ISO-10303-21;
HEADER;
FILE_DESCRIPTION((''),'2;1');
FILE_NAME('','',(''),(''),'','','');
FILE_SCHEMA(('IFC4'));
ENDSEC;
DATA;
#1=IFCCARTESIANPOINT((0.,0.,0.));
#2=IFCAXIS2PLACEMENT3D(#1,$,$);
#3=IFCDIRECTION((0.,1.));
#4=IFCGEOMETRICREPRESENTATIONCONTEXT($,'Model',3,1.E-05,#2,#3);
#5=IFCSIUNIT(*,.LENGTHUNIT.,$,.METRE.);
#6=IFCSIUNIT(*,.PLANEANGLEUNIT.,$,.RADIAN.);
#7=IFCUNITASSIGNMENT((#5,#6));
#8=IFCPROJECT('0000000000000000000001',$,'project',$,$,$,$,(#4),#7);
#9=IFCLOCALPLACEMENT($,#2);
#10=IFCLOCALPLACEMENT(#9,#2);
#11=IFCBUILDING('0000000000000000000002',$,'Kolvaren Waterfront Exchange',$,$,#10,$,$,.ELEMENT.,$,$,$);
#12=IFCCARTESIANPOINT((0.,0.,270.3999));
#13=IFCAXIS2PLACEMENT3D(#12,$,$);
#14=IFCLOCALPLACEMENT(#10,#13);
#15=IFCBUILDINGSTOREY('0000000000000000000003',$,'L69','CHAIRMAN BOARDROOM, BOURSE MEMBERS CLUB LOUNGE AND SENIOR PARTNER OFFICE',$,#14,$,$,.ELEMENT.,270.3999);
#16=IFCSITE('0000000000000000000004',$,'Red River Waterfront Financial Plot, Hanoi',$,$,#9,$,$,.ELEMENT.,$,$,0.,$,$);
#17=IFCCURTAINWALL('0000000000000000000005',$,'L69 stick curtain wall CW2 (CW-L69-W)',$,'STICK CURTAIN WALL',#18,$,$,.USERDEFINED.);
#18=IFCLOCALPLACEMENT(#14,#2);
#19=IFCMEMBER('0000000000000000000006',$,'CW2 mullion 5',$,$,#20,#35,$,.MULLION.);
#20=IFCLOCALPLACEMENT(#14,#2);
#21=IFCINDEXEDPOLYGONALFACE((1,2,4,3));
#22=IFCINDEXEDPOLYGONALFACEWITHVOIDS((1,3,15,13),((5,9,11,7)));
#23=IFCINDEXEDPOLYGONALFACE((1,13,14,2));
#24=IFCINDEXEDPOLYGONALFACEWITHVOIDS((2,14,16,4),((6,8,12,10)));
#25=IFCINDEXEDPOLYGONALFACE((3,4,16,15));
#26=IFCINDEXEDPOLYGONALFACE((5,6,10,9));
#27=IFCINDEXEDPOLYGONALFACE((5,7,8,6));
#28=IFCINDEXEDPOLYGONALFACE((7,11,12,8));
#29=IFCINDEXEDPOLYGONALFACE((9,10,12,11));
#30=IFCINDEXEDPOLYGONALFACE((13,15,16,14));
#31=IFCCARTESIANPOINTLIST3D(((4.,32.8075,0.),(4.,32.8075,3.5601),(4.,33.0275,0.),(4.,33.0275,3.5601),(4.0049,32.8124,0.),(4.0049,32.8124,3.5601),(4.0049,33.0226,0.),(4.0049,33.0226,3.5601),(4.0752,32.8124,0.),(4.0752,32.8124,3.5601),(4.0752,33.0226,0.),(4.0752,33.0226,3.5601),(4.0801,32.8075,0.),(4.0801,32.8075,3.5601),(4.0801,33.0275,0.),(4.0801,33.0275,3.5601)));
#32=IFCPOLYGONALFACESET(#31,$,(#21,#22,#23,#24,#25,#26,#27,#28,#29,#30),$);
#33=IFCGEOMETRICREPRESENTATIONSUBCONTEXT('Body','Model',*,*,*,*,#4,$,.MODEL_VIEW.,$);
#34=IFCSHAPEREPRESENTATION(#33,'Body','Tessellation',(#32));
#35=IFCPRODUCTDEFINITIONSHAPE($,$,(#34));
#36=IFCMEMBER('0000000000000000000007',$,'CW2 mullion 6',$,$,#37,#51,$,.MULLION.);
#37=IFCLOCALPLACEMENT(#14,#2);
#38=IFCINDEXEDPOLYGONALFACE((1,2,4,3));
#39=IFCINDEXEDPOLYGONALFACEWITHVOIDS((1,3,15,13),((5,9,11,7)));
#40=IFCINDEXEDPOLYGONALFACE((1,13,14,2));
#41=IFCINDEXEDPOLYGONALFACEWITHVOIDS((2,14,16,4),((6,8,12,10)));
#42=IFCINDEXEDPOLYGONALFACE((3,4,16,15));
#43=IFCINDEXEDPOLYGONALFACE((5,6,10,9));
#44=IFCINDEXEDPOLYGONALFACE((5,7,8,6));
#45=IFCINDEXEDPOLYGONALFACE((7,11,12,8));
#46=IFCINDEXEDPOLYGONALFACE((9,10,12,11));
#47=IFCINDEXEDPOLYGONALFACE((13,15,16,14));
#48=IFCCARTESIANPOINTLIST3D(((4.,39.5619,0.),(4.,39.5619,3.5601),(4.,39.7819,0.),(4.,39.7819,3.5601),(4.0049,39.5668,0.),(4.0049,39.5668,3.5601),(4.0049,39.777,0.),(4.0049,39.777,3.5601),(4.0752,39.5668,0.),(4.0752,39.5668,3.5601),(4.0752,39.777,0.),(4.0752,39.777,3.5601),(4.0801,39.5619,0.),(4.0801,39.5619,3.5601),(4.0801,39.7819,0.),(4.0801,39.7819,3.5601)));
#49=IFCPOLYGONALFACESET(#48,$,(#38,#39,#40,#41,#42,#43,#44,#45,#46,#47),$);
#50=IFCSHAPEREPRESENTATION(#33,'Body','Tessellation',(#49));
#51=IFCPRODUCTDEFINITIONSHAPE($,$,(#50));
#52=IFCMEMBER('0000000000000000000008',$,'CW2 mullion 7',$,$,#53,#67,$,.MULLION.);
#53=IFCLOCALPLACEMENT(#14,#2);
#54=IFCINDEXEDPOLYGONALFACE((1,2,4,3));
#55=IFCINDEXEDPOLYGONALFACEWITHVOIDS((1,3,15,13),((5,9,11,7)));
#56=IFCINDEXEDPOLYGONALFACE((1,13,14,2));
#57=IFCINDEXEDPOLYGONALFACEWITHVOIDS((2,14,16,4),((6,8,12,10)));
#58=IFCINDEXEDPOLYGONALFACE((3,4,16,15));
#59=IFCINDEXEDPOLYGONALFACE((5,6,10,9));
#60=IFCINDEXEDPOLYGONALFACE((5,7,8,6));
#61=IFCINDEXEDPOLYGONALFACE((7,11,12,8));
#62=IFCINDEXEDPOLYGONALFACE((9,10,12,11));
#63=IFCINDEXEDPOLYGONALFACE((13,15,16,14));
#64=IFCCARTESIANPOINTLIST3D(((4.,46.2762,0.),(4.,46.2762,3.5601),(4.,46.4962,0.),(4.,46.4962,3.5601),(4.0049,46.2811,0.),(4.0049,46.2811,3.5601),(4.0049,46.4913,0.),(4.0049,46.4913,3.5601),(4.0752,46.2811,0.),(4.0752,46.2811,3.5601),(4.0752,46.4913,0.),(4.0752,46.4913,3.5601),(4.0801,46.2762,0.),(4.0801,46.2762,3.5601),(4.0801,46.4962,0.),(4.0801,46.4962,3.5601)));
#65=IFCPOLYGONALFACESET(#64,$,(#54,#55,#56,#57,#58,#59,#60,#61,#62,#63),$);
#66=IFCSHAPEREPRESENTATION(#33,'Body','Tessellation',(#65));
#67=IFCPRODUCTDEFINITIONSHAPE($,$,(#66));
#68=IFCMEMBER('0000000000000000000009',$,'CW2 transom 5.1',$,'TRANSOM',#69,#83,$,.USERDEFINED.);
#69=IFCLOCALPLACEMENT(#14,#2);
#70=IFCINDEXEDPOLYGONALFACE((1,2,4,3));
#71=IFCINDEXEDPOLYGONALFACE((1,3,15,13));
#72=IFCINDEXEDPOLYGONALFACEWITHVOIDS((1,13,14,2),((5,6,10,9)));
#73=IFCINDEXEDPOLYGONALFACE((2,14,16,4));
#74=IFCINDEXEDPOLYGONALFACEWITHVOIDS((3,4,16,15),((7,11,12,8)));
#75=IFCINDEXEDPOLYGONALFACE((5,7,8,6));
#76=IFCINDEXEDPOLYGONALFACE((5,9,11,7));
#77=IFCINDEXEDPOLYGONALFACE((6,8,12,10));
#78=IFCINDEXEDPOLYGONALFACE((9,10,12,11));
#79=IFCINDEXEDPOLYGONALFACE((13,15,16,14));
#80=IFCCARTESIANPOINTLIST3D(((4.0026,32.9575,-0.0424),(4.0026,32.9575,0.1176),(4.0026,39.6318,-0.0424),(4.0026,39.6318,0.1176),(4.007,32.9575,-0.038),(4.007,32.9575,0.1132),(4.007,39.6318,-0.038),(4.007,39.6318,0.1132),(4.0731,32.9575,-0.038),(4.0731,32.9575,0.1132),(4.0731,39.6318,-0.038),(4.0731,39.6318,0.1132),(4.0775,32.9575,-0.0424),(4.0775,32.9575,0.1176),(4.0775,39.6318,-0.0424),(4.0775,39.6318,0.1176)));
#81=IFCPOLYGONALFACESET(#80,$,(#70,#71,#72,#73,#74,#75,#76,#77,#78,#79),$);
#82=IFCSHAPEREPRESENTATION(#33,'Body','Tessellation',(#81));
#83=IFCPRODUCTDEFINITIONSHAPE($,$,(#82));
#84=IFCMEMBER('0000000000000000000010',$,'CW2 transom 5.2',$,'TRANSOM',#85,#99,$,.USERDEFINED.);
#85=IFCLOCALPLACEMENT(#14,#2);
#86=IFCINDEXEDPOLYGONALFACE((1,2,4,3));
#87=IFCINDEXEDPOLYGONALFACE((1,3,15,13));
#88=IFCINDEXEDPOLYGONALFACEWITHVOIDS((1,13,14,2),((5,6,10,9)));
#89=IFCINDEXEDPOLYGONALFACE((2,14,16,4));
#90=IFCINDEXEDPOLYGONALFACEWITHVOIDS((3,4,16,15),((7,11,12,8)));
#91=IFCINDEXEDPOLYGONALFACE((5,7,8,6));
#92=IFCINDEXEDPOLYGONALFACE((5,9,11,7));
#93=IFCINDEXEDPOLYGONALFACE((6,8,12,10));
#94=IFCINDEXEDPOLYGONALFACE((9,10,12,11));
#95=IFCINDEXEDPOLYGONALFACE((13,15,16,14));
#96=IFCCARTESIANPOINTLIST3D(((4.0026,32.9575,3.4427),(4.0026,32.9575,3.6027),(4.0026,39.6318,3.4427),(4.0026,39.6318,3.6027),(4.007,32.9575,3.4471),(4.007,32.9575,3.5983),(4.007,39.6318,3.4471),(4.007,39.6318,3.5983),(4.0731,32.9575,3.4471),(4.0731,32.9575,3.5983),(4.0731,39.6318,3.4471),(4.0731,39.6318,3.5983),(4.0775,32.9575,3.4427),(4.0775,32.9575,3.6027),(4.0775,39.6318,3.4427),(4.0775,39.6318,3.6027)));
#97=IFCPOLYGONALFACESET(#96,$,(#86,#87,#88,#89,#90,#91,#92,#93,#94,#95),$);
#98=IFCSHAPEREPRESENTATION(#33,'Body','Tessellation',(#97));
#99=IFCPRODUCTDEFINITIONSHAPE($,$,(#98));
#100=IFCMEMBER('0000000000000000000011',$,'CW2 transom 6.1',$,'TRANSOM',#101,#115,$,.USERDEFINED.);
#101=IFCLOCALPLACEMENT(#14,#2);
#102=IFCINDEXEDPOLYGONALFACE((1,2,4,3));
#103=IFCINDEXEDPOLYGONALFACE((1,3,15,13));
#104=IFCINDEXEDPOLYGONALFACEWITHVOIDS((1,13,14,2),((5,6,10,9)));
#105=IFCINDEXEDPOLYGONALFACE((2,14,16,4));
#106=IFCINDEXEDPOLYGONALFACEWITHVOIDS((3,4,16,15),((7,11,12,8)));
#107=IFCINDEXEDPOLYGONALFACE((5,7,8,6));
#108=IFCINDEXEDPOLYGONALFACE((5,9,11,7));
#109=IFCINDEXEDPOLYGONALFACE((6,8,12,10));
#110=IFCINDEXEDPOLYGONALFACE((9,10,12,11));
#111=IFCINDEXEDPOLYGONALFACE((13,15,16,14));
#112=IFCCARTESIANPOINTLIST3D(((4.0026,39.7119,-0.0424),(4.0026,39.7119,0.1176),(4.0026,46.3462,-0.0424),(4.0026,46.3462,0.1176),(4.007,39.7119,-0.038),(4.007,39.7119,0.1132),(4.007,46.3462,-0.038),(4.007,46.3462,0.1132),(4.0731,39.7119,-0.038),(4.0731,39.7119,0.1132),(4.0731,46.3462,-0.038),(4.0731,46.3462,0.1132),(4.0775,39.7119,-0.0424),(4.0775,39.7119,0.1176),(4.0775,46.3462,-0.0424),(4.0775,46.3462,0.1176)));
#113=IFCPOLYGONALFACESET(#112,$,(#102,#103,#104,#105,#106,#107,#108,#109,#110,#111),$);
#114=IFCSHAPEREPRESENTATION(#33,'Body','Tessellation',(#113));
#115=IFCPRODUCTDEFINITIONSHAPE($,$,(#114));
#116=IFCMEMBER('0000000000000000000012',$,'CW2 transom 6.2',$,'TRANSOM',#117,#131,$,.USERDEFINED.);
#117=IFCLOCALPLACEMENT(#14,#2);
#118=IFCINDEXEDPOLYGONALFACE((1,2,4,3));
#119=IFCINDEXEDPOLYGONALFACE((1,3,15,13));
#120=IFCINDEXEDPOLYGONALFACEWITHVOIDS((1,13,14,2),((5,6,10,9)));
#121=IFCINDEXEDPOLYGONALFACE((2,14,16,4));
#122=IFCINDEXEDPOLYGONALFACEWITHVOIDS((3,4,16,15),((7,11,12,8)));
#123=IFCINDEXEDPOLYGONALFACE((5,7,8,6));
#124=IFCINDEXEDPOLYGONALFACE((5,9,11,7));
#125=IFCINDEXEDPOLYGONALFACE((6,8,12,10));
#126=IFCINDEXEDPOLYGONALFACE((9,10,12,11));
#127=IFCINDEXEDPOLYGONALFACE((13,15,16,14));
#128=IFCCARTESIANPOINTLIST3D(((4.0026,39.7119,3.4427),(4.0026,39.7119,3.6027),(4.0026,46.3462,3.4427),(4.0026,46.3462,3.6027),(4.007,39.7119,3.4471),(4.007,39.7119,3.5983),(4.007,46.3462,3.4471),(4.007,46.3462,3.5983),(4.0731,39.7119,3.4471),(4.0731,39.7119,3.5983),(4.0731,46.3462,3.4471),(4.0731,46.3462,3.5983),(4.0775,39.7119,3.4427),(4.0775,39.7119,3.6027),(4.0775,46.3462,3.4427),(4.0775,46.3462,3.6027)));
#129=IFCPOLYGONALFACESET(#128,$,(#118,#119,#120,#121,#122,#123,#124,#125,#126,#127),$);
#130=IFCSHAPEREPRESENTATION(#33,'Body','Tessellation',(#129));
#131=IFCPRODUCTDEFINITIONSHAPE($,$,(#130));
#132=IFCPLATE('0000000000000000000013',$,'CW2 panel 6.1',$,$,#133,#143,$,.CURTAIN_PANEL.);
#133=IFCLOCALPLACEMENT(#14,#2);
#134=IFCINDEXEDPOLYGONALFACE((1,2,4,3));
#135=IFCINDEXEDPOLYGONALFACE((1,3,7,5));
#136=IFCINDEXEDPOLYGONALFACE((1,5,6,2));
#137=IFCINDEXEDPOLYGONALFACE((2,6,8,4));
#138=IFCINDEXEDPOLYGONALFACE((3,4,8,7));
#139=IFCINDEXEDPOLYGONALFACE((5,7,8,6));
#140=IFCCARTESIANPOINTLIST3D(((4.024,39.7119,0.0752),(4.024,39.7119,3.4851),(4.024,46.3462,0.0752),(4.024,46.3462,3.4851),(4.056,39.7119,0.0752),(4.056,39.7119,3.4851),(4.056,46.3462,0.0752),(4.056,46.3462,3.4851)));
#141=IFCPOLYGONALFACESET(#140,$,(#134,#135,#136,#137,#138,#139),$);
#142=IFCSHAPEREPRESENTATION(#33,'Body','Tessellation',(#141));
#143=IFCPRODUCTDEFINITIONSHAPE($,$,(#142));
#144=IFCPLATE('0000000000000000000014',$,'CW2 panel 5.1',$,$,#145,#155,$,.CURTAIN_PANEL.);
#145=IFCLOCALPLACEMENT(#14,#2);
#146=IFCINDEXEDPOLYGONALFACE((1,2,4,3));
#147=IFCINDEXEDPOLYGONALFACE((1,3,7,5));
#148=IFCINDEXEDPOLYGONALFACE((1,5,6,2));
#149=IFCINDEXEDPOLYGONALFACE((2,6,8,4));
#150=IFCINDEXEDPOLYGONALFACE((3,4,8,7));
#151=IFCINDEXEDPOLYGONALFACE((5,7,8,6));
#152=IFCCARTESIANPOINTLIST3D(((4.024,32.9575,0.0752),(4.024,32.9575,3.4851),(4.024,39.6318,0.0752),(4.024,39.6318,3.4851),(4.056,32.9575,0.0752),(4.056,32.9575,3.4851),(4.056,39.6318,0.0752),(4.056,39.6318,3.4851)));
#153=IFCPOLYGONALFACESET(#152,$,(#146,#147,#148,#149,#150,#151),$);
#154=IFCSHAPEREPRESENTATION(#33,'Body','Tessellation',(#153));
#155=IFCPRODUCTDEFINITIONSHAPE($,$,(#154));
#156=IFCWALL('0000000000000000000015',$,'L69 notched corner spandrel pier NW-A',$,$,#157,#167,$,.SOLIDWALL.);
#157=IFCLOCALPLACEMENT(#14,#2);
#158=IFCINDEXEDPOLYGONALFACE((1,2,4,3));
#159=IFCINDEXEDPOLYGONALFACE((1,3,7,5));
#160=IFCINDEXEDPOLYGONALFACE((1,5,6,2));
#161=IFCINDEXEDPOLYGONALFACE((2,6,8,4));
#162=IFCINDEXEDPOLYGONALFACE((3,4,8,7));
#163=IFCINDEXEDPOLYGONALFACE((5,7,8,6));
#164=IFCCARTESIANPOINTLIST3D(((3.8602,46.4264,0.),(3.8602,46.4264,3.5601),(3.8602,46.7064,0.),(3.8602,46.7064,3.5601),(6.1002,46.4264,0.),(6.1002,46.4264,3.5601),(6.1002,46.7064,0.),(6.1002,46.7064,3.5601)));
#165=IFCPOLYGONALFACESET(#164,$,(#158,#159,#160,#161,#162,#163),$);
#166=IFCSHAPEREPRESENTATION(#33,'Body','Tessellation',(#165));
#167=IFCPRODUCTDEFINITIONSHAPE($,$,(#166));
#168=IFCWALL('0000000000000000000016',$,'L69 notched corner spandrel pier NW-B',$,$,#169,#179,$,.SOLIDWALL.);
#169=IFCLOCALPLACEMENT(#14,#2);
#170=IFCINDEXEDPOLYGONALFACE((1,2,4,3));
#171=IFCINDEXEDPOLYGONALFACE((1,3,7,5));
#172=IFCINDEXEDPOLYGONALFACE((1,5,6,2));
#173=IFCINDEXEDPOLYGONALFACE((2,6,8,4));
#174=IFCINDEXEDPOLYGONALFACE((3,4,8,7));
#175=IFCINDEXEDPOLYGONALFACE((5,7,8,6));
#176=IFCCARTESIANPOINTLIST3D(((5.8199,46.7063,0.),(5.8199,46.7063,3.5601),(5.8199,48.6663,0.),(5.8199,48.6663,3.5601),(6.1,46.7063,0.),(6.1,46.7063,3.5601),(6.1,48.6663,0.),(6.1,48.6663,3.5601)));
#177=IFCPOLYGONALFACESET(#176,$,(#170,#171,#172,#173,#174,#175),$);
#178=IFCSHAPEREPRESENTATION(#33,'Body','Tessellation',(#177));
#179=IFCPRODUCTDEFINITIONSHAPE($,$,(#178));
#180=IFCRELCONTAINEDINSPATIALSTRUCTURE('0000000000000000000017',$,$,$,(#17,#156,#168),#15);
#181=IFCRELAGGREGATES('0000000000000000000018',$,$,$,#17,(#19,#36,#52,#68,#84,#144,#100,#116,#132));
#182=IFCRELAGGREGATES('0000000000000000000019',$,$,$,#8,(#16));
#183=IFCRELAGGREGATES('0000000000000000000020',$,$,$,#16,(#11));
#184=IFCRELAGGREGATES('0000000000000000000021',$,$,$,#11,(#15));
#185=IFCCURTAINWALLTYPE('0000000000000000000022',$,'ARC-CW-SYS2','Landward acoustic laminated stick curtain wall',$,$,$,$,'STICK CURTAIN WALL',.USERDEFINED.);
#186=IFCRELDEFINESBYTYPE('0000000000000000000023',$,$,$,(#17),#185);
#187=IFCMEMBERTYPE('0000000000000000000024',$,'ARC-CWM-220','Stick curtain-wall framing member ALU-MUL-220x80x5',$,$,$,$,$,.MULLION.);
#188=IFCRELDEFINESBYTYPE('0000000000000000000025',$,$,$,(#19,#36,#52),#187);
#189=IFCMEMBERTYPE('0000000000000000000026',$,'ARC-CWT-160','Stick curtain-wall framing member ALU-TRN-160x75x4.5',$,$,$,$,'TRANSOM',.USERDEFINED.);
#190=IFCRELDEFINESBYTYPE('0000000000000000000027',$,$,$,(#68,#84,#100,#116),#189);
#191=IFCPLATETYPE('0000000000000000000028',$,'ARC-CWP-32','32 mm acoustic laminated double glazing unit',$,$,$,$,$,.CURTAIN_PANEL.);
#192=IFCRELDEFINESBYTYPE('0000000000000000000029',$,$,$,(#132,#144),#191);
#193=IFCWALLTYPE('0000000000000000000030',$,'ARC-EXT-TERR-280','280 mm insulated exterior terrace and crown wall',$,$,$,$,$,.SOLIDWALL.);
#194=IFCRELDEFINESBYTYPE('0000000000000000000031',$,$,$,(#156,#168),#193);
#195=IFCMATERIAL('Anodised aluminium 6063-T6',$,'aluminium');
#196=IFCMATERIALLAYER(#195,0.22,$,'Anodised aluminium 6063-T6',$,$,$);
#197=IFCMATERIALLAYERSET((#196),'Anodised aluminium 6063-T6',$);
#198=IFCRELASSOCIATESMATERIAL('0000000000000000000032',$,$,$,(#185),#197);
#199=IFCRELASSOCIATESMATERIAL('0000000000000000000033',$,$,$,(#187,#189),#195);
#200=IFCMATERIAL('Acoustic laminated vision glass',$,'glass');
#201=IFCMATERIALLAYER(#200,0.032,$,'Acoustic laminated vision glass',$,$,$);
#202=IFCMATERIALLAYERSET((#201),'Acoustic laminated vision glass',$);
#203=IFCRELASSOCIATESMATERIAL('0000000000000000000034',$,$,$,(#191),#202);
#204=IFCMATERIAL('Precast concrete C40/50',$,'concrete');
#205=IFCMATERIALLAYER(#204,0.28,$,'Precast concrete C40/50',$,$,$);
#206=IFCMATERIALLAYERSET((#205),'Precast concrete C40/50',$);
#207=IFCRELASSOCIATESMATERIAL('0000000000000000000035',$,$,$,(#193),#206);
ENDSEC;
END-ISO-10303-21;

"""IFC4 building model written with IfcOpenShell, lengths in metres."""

from ifc_helpers import new_model, si_unit, direction, frame, frame_2d, origin, origin_with_axes, origin_2d, place, context, subcontext, project, spatial, rectangle, hollow_rectangle, extrude, source, transform, mapped, material, layer, layer_set, material_profile, profile_set, type_object, element, aggregate, save


model = new_model("IFC4")

# Units and contexts
model_context = context("Model", 3, precision=1e-05, world=origin(), true_north=direction((0.0, 1.0)))
body_context = subcontext(model_context, "Body", "Model", "MODEL_VIEW")
ifc_project = project(units=[si_unit("LENGTHUNIT", "METRE"), si_unit("PLANEANGLEUNIT", "RADIAN")], contexts=[model_context])

# Site, building, storey
site_placement = place(None, origin())
site = spatial("IfcSite", under=ifc_project, at=site_placement, Name="Red River Waterfront Financial Plot, Hanoi", CompositionType="ELEMENT", RefElevation=0.0)
building_placement = place(site_placement, origin())
building = spatial("IfcBuilding", under=site, at=building_placement, Name="Kolvaren Waterfront Exchange", CompositionType="ELEMENT")
storey_placement = place(building_placement, frame((0.0, 0.0, 270.3999)))
storey = spatial("IfcBuildingStorey", under=building, at=storey_placement, Name="L69", Description="CHAIRMAN BOARDROOM, BOURSE MEMBERS CLUB LOUNGE AND SENIOR PARTNER OFFICE", CompositionType="ELEMENT", Elevation=270.3999)

# Curtain wall, members, plates
ifc_material_1 = material(Name="Anodised aluminium 6063-T6", Category="aluminium")
ifc_layer_1 = layer(ifc_material_1, 0.22, Name="Anodised aluminium 6063-T6")
ifc_layer_set_1 = layer_set([ifc_layer_1], Name="Anodised aluminium 6063-T6")
curtain_wall_type = type_object("IfcCurtainWallType", Name="ARC-CW-SYS2", Description="Landward acoustic laminated stick curtain wall", ElementType="STICK CURTAIN WALL", PredefinedType="USERDEFINED", material=ifc_layer_set_1)
curtain_wall_placement = place(storey_placement, origin())
curtain_wall = element("IfcCurtainWall", 1, at=curtain_wall_placement, inside=storey, type_object=curtain_wall_type, Name="L69 stick curtain wall CW2 (CW-L69-W)", ObjectType="STICK CURTAIN WALL", PredefinedType="USERDEFINED")
ifc_material_profile_1 = material_profile(ifc_material_1, hollow_rectangle(XDim=0.0801, YDim=0.22, WallThickness=0.0049, at=origin_2d()), Name="ALU-MUL-220x80x5")
ifc_profile_set_1 = profile_set([ifc_material_profile_1], Name="Anodised aluminium 6063-T6")
member_type_1 = type_object("IfcMemberType", Name="ARC-CWM-220", Description="Stick curtain-wall framing member ALU-MUL-220x80x5", PredefinedType="MULLION", material=ifc_profile_set_1)
shared_shape_1 = source(origin_with_axes(), body_context, "Body", "SweptSolid", [
    extrude(hollow_rectangle(XDim=0.0801, YDim=0.22, WallThickness=0.0049, at=origin_2d()), origin(), (0.0, 0.0, 1.0), 3.5601),
])
member_1_placement = place(storey_placement, frame((4.04, 32.9175, 0.0), z_axis=(0.0, 0.0, 1.0), x_axis=(-1.0, 0.0, 0.0)))
member_1 = element("IfcMember", 2, at=member_1_placement, type_object=member_type_1, Name="CW2 mullion 5", PredefinedType="MULLION", context=body_context, shape_type="MappedRepresentation", body=[
    mapped(shared_shape_1, transform((0.0, 0.0, 0.0), x_axis=(1.0, 0.0, 0.0), y_axis=(0.0, 1.0, 0.0), z_axis=(0.0, 0.0, 1.0), scale=1.0)),
])
member_2_placement = place(storey_placement, frame((4.04, 39.6719, 0.0), z_axis=(0.0, 0.0, 1.0), x_axis=(-1.0, 0.0, 0.0)))
member_2 = element("IfcMember", 3, at=member_2_placement, type_object=member_type_1, Name="CW2 mullion 6", PredefinedType="MULLION", context=body_context, shape_type="MappedRepresentation", body=[
    mapped(shared_shape_1, transform((0.0, 0.0, 0.0), x_axis=(1.0, 0.0, 0.0), y_axis=(0.0, 1.0, 0.0), z_axis=(0.0, 0.0, 1.0), scale=1.0)),
])
member_3_placement = place(storey_placement, frame((4.04, 46.3862, 0.0), z_axis=(0.0, 0.0, 1.0), x_axis=(-1.0, 0.0, 0.0)))
member_3 = element("IfcMember", 4, at=member_3_placement, type_object=member_type_1, Name="CW2 mullion 7", PredefinedType="MULLION", context=body_context, shape_type="MappedRepresentation", body=[
    mapped(shared_shape_1, transform((0.0, 0.0, 0.0), x_axis=(1.0, 0.0, 0.0), y_axis=(0.0, 1.0, 0.0), z_axis=(0.0, 0.0, 1.0), scale=1.0)),
])
ifc_material_profile_2 = material_profile(ifc_material_1, hollow_rectangle(XDim=0.075, YDim=0.1599, WallThickness=0.0044, at=origin_2d()), Name="ALU-TRN-160x75x4.5")
ifc_profile_set_2 = profile_set([ifc_material_profile_2], Name="Anodised aluminium 6063-T6")
member_type_2 = type_object("IfcMemberType", Name="ARC-CWT-160", Description="Stick curtain-wall framing member ALU-TRN-160x75x4.5", ElementType="TRANSOM", PredefinedType="USERDEFINED", material=ifc_profile_set_2)
shared_shape_2 = source(origin_with_axes(), body_context, "Body", "SweptSolid", [
    extrude(hollow_rectangle(XDim=0.075, YDim=0.1599, WallThickness=0.0044, at=origin_2d()), origin(), (0.0, 0.0, 1.0), 6.6743),
])
member_4_placement = place(storey_placement, frame((4.04, 32.9575, 0.0376), z_axis=(0.0, 1.0, 0.0), x_axis=(-1.0, 0.0, 0.0)))
member_4 = element("IfcMember", 5, at=member_4_placement, type_object=member_type_2, Name="CW2 transom 5.1", ObjectType="TRANSOM", PredefinedType="USERDEFINED", context=body_context, shape_type="MappedRepresentation", body=[
    mapped(shared_shape_2, transform((0.0, 0.0, 0.0), x_axis=(1.0, 0.0, 0.0), y_axis=(0.0, 1.0, 0.0), z_axis=(0.0, 0.0, 1.0), scale=1.0)),
])
member_5_placement = place(storey_placement, frame((4.04, 32.9575, 3.5227), z_axis=(0.0, 1.0, 0.0), x_axis=(-1.0, 0.0, 0.0)))
member_5 = element("IfcMember", 6, at=member_5_placement, type_object=member_type_2, Name="CW2 transom 5.2", ObjectType="TRANSOM", PredefinedType="USERDEFINED", context=body_context, shape_type="MappedRepresentation", body=[
    mapped(shared_shape_2, transform((0.0, 0.0, 0.0), x_axis=(1.0, 0.0, 0.0), y_axis=(0.0, 1.0, 0.0), z_axis=(0.0, 0.0, 1.0), scale=1.0)),
])
shared_shape_3 = source(origin_with_axes(), body_context, "Body", "SweptSolid", [
    extrude(hollow_rectangle(XDim=0.075, YDim=0.1599, WallThickness=0.0044, at=origin_2d()), origin(), (0.0, 0.0, 1.0), 6.6343),
])
member_6_placement = place(storey_placement, frame((4.04, 39.7119, 0.0376), z_axis=(0.0, 1.0, 0.0), x_axis=(-1.0, 0.0, 0.0)))
member_6 = element("IfcMember", 7, at=member_6_placement, type_object=member_type_2, Name="CW2 transom 6.1", ObjectType="TRANSOM", PredefinedType="USERDEFINED", context=body_context, shape_type="MappedRepresentation", body=[
    mapped(shared_shape_3, transform((0.0, 0.0, 0.0), x_axis=(1.0, 0.0, 0.0), y_axis=(0.0, 1.0, 0.0), z_axis=(0.0, 0.0, 1.0), scale=1.0)),
])
member_7_placement = place(storey_placement, frame((4.04, 39.7119, 3.5227), z_axis=(0.0, 1.0, 0.0), x_axis=(-1.0, 0.0, 0.0)))
member_7 = element("IfcMember", 8, at=member_7_placement, type_object=member_type_2, Name="CW2 transom 6.2", ObjectType="TRANSOM", PredefinedType="USERDEFINED", context=body_context, shape_type="MappedRepresentation", body=[
    mapped(shared_shape_3, transform((0.0, 0.0, 0.0), x_axis=(1.0, 0.0, 0.0), y_axis=(0.0, 1.0, 0.0), z_axis=(0.0, 0.0, 1.0), scale=1.0)),
])
ifc_material_2 = material(Name="Acoustic laminated vision glass", Category="glass")
ifc_layer_2 = layer(ifc_material_2, 0.032, Name="Acoustic laminated vision glass")
ifc_layer_set_2 = layer_set([ifc_layer_2], Name="Acoustic laminated vision glass")
plate_type = type_object("IfcPlateType", Name="ARC-CWP-32", Description="32 mm acoustic laminated double glazing unit", PredefinedType="CURTAIN_PANEL", material=ifc_layer_set_2)
shared_shape_4 = source(origin_with_axes(), body_context, "Body", "SweptSolid", [
    extrude(rectangle(XDim=6.6343, YDim=0.032, at=origin_2d()), origin(), (0.0, 0.0, 1.0), 3.4099),
])
plate_1_placement = place(storey_placement, frame((4.04, 43.0291, 0.0752), z_axis=(0.0, 0.0, 1.0), x_axis=(0.0, 1.0, 0.0)))
plate_1 = element("IfcPlate", 9, at=plate_1_placement, type_object=plate_type, Name="CW2 panel 6.1", PredefinedType="CURTAIN_PANEL", context=body_context, shape_type="MappedRepresentation", body=[
    mapped(shared_shape_4, transform((0.0, 0.0, 0.0), x_axis=(1.0, 0.0, 0.0), y_axis=(0.0, 1.0, 0.0), z_axis=(0.0, 0.0, 1.0), scale=1.0)),
])
shared_shape_5 = source(origin_with_axes(), body_context, "Body", "SweptSolid", [
    extrude(rectangle(XDim=6.6743, YDim=0.032, at=origin_2d()), origin(), (0.0, 0.0, 1.0), 3.4099),
])
plate_2_placement = place(storey_placement, frame((4.04, 36.2947, 0.0752), z_axis=(0.0, 0.0, 1.0), x_axis=(0.0, 1.0, 0.0)))
plate_2 = element("IfcPlate", 10, at=plate_2_placement, type_object=plate_type, Name="CW2 panel 5.1", PredefinedType="CURTAIN_PANEL", context=body_context, shape_type="MappedRepresentation", body=[
    mapped(shared_shape_5, transform((0.0, 0.0, 0.0), x_axis=(1.0, 0.0, 0.0), y_axis=(0.0, 1.0, 0.0), z_axis=(0.0, 0.0, 1.0), scale=1.0)),
])
aggregate(curtain_wall, [member_1, member_2, member_3, member_4, member_5, plate_2, member_6, member_7, plate_1])

# Walls
ifc_material_3 = material(Name="Precast concrete C40/50", Category="concrete")
ifc_layer_3 = layer(ifc_material_3, 0.28, Name="Precast concrete C40/50")
ifc_layer_set_3 = layer_set([ifc_layer_3], Name="Precast concrete C40/50")
wall_type_1 = type_object("IfcWallType", Name="ARC-EXT-TERR-280", Description="280 mm insulated exterior terrace and crown wall", PredefinedType="SOLIDWALL", material=ifc_layer_set_3)
wall_1_placement = place(storey_placement, frame((3.8601, 46.5664, 0.0), z_axis=(0.0, 0.0, 1.0), x_axis=(1.0, 0.0, 0.0)))
element("IfcWall", 11, at=wall_1_placement, inside=storey, type_object=wall_type_1, Name="L69 notched corner spandrel pier NW-A", PredefinedType="SOLIDWALL", context=body_context, shape_type="SweptSolid", body=[
    extrude(rectangle(XDim=2.24, YDim=0.28, at=frame_2d((1.1201, 0.0))), origin(), (0.0, 0.0, 1.0), 3.5601),
])
wall_2_placement = place(storey_placement, frame((5.96, 46.7063, 0.0), z_axis=(0.0, 0.0, 1.0), x_axis=(0.0, 1.0, 0.0)))
element("IfcWall", 12, at=wall_2_placement, inside=storey, type_object=wall_type_1, Name="L69 notched corner spandrel pier NW-B", PredefinedType="SOLIDWALL", context=body_context, shape_type="SweptSolid", body=[
    extrude(rectangle(XDim=1.96, YDim=0.28, at=frame_2d((0.98, 0.0))), origin(), (0.0, 0.0, 1.0), 3.5601),
])

save(model, "model.ifc")
